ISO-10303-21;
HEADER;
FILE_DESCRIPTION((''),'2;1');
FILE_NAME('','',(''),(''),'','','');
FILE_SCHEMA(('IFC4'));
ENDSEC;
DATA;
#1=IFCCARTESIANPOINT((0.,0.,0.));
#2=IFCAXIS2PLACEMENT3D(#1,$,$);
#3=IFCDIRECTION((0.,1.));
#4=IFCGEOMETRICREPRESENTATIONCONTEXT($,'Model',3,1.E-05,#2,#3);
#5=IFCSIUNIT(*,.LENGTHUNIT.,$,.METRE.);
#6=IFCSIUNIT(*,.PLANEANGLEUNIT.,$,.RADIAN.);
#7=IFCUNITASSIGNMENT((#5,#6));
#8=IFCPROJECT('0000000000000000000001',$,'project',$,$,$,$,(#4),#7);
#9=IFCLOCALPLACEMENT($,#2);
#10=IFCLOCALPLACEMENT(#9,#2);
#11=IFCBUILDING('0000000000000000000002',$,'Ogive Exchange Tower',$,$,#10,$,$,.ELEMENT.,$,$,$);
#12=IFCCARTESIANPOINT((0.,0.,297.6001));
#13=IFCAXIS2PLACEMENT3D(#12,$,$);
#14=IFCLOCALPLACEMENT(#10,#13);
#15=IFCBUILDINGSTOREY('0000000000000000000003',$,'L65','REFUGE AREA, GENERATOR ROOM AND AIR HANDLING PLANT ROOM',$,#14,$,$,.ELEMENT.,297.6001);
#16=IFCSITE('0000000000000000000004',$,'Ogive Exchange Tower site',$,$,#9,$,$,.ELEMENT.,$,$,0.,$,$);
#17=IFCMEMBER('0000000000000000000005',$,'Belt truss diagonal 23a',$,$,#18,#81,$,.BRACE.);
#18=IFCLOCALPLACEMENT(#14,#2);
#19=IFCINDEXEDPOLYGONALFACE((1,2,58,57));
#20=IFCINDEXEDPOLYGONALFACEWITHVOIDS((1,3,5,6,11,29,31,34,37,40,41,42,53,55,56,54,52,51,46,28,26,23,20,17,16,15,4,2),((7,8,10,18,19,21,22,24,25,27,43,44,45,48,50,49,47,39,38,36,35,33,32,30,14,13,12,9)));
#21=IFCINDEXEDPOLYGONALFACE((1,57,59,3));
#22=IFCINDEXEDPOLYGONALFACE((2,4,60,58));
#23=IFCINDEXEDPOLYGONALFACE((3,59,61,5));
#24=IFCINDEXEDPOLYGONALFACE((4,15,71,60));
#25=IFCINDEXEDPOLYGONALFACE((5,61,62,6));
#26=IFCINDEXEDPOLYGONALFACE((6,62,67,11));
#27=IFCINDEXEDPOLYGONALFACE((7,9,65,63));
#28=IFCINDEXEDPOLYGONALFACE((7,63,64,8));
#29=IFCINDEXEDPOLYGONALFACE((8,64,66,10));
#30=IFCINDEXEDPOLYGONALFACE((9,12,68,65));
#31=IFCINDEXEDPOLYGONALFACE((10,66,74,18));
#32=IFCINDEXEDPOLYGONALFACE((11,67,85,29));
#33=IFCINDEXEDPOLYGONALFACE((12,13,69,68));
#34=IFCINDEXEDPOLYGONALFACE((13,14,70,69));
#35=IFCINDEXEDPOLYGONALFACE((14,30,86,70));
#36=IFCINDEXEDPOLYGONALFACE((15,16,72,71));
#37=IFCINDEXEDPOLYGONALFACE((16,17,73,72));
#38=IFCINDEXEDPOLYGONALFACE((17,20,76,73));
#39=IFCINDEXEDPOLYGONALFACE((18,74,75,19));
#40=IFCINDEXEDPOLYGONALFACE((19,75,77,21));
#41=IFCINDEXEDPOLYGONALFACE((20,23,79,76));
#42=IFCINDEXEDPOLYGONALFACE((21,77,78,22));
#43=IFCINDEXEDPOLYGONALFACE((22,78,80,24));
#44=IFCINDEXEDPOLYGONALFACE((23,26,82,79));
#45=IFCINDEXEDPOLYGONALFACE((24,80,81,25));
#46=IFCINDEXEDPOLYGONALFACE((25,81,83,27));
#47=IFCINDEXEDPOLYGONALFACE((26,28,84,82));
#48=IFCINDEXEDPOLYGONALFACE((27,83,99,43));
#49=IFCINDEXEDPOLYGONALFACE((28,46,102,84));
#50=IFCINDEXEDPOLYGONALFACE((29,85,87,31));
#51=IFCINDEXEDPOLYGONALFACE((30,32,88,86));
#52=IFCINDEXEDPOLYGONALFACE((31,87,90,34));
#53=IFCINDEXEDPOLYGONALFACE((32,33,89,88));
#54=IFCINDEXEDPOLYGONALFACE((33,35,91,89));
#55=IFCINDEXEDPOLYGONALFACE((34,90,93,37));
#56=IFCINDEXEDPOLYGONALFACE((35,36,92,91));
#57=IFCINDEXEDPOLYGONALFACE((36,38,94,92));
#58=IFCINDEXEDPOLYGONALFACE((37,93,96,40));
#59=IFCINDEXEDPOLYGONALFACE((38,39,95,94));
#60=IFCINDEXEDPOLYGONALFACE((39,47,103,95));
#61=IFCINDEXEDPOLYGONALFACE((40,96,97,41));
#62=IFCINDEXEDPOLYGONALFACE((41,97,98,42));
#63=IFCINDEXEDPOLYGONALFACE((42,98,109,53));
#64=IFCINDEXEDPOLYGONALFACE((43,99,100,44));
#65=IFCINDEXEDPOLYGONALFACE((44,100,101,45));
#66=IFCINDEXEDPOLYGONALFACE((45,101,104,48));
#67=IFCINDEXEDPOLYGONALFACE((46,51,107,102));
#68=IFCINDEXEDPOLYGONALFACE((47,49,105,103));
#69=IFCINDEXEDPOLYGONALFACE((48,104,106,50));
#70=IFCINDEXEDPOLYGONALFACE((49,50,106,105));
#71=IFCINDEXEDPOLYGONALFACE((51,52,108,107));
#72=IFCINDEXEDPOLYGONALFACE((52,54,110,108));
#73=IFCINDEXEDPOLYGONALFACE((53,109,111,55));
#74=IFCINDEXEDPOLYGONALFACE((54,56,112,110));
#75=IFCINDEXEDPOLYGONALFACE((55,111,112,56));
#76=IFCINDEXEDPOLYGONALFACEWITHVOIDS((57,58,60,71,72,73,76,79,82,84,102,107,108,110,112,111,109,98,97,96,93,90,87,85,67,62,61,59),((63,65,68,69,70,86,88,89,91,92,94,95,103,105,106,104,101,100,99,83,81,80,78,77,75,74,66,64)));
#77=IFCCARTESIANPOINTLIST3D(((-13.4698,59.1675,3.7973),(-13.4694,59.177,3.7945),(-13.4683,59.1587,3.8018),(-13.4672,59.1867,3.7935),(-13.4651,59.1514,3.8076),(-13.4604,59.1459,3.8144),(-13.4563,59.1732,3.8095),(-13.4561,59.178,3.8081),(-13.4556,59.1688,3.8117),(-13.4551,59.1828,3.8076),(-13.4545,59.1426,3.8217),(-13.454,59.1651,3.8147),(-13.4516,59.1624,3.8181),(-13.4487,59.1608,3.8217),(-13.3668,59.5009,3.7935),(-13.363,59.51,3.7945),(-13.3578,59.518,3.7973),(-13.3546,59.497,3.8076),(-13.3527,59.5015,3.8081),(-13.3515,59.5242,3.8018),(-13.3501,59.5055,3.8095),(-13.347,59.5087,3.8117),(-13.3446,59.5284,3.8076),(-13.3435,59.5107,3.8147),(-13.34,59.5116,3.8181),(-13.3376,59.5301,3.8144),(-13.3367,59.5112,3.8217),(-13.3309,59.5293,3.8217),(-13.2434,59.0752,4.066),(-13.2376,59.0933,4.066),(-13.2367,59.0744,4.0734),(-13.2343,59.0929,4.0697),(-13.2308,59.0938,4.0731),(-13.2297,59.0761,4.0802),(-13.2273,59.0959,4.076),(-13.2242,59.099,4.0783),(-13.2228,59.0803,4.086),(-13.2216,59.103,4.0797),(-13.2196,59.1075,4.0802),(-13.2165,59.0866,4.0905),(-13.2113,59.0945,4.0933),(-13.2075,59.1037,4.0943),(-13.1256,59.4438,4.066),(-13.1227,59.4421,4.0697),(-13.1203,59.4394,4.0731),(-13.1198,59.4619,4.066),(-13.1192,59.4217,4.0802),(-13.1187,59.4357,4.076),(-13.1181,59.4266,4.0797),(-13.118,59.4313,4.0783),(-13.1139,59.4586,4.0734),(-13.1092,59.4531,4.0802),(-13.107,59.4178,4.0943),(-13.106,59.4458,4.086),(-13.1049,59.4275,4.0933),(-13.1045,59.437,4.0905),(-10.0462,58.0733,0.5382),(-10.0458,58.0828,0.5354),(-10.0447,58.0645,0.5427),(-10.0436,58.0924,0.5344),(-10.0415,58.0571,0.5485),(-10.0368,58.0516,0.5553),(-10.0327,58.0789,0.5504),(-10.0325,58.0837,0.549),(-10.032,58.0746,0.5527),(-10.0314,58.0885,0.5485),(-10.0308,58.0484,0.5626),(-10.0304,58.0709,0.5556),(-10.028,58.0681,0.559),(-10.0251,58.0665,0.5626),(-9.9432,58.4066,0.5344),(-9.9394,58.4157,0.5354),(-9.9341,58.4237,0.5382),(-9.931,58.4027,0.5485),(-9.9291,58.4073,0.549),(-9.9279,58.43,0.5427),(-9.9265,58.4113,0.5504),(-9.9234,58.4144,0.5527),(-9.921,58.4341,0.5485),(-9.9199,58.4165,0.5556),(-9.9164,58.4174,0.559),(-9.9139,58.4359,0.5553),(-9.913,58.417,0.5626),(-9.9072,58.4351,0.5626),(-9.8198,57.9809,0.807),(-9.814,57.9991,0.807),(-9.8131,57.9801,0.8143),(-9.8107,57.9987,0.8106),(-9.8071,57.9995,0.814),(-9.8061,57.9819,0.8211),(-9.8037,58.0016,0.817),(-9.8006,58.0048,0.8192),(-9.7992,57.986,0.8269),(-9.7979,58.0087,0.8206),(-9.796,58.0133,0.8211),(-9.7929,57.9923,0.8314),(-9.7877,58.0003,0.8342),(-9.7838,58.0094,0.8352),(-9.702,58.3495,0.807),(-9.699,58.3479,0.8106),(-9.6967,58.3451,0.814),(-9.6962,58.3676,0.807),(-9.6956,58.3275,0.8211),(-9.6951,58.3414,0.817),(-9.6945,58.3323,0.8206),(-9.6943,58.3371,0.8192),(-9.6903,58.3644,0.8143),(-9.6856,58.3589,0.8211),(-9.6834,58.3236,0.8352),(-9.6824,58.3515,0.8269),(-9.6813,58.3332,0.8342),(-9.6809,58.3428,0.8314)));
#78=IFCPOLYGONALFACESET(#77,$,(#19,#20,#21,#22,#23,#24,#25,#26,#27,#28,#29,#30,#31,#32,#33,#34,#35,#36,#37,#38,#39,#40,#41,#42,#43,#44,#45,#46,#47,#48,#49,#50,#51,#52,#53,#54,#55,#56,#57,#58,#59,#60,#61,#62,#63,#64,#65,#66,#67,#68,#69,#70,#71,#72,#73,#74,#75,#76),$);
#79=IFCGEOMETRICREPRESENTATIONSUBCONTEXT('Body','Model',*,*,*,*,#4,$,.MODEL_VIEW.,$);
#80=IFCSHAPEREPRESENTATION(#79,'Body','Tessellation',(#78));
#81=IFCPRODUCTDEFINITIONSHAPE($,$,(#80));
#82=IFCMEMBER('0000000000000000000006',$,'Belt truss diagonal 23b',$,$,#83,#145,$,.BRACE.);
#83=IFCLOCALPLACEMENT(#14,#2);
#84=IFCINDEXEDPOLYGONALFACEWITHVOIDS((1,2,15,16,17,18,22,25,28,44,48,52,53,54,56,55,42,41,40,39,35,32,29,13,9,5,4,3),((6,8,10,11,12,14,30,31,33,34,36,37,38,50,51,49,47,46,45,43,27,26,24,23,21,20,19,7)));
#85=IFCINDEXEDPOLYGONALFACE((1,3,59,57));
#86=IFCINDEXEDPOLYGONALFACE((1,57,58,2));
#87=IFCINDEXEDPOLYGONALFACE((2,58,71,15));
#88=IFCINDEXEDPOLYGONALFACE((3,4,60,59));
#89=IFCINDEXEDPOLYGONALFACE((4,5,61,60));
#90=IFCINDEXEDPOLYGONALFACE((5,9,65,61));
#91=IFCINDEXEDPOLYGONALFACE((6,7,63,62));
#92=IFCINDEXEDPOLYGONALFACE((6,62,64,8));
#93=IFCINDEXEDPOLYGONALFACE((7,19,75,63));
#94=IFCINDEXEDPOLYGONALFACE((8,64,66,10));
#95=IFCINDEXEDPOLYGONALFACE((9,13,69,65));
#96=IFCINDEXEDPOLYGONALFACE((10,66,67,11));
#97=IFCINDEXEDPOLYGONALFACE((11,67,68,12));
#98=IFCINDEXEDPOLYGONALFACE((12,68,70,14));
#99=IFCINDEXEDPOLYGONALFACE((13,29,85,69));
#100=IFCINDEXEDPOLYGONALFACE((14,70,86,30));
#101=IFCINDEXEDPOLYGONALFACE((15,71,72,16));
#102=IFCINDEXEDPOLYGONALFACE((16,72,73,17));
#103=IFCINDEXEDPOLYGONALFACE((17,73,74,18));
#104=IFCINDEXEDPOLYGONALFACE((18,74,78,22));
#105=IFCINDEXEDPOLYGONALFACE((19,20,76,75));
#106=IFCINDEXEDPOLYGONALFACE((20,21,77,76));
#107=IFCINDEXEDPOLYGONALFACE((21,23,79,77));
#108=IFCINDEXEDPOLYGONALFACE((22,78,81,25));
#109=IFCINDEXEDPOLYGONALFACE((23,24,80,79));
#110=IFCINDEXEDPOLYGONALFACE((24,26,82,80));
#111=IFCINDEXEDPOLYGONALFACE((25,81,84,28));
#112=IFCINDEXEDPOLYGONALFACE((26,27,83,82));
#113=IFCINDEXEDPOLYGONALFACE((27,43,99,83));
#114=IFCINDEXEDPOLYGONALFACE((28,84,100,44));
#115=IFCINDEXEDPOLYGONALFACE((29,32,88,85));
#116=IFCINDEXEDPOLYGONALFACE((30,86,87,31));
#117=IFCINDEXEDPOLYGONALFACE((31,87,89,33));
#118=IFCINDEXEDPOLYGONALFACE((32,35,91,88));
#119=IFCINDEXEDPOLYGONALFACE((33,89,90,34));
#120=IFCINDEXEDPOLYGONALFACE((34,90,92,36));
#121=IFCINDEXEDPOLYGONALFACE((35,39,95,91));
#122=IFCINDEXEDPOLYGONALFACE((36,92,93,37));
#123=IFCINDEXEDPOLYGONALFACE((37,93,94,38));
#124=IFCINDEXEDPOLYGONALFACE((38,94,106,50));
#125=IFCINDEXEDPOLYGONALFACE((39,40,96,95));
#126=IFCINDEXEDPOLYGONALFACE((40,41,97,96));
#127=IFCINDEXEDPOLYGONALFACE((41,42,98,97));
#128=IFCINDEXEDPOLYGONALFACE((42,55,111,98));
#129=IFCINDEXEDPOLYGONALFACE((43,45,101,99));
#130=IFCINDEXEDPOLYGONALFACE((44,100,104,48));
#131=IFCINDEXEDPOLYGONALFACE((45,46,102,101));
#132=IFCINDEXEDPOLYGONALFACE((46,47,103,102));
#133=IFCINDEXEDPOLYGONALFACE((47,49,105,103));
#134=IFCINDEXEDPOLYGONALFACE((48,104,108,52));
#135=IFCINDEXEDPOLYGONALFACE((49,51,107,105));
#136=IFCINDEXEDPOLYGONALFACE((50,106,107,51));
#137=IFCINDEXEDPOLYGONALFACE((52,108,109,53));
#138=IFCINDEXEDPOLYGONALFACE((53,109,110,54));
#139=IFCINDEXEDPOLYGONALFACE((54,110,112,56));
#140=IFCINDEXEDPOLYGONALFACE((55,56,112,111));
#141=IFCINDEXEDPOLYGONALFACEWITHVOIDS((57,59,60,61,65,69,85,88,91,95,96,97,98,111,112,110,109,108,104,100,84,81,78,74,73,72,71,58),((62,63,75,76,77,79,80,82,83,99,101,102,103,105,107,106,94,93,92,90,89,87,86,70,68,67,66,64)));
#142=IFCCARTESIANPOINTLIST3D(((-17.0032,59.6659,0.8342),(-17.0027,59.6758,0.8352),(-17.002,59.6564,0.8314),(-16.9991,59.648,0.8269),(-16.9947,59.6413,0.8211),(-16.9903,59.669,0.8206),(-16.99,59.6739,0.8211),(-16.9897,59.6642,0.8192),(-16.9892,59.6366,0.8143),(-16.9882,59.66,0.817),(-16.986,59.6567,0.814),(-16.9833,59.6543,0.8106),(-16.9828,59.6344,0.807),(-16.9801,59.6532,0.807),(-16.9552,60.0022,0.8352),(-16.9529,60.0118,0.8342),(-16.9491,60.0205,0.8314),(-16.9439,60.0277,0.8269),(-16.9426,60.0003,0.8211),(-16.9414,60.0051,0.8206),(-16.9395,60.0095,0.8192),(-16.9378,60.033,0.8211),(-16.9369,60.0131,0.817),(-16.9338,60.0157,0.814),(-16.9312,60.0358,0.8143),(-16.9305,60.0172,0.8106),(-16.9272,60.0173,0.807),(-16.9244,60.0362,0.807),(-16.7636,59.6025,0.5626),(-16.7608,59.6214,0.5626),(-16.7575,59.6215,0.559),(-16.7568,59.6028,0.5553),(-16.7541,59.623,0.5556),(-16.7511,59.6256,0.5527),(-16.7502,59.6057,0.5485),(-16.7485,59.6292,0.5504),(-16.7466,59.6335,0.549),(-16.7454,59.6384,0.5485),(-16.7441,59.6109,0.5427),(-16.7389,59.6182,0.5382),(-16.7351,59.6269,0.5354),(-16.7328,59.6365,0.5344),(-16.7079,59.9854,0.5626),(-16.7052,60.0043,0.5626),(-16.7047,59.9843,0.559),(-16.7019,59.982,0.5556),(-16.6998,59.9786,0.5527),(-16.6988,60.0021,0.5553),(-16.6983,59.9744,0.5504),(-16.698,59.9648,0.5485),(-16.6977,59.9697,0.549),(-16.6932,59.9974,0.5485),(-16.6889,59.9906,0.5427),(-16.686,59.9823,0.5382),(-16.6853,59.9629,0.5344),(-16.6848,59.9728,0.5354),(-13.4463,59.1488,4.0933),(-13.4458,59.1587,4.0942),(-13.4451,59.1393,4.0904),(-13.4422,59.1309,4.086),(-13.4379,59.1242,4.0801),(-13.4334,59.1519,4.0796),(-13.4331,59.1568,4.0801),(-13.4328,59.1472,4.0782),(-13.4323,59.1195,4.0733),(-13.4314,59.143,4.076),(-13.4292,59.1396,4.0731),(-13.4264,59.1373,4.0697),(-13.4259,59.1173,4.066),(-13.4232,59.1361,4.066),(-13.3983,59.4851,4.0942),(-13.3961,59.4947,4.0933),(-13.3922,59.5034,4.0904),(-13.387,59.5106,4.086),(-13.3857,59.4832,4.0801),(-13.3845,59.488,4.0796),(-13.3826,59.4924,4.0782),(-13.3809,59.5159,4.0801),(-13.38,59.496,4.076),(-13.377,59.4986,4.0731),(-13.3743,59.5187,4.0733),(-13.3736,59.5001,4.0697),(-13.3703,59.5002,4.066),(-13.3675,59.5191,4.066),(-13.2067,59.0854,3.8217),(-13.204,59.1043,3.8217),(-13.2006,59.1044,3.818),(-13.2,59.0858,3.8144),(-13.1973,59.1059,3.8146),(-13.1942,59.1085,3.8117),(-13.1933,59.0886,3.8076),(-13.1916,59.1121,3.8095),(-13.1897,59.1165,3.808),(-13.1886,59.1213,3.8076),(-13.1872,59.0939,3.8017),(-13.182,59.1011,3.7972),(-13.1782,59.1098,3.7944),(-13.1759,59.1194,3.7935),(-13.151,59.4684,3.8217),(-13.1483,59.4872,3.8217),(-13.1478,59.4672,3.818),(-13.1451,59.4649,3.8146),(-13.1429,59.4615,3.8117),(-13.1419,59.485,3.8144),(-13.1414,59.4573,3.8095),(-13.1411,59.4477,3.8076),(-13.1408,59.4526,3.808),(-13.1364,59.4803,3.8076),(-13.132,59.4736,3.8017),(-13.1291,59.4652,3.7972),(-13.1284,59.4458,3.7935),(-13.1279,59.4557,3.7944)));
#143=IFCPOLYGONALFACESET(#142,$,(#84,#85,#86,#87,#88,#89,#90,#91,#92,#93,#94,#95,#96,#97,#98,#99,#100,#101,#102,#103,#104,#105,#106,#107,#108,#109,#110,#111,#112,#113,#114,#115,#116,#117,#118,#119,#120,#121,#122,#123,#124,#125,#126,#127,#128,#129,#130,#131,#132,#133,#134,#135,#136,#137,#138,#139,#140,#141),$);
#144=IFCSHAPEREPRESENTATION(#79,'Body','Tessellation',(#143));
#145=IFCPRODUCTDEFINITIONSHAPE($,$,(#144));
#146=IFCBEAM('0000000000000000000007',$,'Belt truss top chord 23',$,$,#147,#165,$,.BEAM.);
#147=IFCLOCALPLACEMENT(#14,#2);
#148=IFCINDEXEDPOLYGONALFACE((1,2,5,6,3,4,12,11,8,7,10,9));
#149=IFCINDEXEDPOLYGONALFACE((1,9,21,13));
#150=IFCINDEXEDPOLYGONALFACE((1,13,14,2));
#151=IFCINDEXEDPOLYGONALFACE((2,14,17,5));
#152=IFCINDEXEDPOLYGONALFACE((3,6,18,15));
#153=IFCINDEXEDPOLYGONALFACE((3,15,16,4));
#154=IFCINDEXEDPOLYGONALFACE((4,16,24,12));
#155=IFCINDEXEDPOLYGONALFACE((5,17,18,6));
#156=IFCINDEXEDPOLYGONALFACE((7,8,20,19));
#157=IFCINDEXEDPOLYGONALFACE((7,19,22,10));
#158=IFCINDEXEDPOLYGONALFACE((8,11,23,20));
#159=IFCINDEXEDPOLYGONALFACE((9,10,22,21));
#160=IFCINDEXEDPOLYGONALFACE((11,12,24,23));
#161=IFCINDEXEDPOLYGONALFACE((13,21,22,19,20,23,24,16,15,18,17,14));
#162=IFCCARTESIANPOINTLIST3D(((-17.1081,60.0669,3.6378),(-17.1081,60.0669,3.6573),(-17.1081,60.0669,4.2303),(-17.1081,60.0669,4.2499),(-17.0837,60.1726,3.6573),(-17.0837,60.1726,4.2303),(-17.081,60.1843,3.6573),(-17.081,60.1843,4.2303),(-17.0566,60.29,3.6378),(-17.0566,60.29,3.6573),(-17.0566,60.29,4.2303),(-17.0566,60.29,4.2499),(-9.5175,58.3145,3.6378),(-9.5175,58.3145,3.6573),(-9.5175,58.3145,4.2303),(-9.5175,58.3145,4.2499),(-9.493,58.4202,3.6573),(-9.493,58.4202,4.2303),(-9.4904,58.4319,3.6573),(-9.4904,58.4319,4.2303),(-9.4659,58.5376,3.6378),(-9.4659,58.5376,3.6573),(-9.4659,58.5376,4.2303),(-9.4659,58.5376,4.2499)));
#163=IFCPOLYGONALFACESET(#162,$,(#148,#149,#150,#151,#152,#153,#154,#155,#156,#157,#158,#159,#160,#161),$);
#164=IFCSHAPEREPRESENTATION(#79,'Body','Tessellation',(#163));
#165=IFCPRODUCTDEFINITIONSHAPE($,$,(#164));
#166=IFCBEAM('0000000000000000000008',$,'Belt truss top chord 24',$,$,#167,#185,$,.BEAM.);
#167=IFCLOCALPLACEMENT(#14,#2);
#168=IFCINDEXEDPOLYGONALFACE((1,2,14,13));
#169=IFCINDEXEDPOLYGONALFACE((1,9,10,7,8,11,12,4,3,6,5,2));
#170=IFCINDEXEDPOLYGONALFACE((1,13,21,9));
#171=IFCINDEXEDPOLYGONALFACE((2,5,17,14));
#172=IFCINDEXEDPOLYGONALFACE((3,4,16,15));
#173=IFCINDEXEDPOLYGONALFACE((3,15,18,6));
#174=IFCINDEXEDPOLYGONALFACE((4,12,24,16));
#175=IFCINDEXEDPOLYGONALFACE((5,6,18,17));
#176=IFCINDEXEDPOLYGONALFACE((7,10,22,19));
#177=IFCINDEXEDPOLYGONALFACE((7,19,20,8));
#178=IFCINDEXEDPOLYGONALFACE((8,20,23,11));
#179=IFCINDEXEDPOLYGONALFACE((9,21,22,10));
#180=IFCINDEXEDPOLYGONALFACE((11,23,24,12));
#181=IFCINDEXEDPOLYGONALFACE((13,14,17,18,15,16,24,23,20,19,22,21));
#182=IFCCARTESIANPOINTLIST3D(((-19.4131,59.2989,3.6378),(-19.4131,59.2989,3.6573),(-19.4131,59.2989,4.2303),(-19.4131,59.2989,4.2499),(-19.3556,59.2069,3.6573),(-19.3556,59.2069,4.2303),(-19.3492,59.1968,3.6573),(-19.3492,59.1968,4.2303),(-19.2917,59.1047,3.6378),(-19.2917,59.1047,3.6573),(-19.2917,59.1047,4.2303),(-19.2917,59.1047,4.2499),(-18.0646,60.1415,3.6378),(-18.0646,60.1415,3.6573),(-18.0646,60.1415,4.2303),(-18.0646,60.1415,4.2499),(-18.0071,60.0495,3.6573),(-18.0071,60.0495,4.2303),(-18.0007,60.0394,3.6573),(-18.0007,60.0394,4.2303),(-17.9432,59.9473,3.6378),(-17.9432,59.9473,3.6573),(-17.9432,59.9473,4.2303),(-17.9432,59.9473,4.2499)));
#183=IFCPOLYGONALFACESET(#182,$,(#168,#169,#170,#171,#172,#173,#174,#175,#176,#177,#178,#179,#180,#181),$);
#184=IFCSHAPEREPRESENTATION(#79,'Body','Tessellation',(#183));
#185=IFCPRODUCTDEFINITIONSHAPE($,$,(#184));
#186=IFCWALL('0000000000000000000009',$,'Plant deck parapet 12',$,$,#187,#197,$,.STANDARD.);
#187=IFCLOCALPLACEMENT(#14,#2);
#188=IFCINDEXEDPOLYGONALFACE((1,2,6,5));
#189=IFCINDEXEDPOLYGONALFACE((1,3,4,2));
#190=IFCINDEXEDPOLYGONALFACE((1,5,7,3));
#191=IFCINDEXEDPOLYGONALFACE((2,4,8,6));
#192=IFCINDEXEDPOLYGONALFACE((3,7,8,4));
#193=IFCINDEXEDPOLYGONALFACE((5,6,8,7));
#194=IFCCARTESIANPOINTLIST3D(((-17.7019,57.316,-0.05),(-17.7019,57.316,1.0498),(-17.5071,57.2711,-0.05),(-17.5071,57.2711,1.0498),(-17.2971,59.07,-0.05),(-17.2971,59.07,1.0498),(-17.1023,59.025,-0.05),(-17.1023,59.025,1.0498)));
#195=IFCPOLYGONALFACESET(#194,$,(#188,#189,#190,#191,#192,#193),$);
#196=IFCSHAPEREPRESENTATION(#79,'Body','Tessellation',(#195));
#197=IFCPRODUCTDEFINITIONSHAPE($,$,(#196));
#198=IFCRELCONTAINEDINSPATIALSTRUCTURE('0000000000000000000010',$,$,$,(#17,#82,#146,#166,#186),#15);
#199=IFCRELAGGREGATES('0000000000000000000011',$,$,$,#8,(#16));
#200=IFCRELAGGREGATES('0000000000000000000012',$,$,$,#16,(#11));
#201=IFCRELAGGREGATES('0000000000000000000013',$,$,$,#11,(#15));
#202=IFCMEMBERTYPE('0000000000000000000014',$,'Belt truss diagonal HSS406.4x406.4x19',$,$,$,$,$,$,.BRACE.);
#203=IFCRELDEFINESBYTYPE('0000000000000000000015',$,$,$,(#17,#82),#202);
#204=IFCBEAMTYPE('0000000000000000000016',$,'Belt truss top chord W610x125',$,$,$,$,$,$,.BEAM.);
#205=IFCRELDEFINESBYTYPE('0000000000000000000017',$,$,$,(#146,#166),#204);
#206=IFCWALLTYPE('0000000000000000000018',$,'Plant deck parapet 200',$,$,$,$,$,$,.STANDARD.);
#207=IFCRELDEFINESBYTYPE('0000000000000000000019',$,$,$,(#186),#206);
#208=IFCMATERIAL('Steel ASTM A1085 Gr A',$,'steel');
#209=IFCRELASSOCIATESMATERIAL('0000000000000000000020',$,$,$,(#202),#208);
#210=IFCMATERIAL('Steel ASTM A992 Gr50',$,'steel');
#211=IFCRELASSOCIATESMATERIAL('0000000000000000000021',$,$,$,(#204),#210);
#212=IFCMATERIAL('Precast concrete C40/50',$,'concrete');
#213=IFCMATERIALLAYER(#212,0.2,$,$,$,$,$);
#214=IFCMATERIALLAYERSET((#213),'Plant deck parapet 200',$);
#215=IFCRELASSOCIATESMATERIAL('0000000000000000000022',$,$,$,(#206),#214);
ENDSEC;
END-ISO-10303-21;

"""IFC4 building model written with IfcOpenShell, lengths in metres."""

from ifc_helpers import new_model, si_unit, direction, frame, frame_2d, origin, origin_2d, place, context, subcontext, project, spatial, rectangle, hollow_rectangle, i_section, extrude, material, layer, layer_set, material_profile, profile_set, type_object, element, save


model = new_model("IFC4")

# Units and contexts
model_context = context("Model", 3, precision=1e-05, world=origin(), true_north=direction((0.0, 1.0)))
body_context = subcontext(model_context, "Body", "Model", "MODEL_VIEW")
ifc_project = project(units=[si_unit("LENGTHUNIT", "METRE"), si_unit("PLANEANGLEUNIT", "RADIAN")], contexts=[model_context])

# Site, building, storey
site_placement = place(None, origin())
site = spatial("IfcSite", under=ifc_project, at=site_placement, Name="Ogive Exchange Tower site", CompositionType="ELEMENT", RefElevation=0.0)
building_placement = place(site_placement, origin())
building = spatial("IfcBuilding", under=site, at=building_placement, Name="Ogive Exchange Tower", CompositionType="ELEMENT")
storey_placement = place(building_placement, frame((0.0, 0.0, 297.6001)))
storey = spatial("IfcBuildingStorey", under=building, at=storey_placement, Name="L65", Description="REFUGE AREA, GENERATOR ROOM AND AIR HANDLING PLANT ROOM", CompositionType="ELEMENT", Elevation=297.6001)

# Shared definitions
ifc_material_1 = material(Name="Steel ASTM A992 Gr50", Category="steel")

# Members
ifc_material_2 = material(Name="Steel ASTM A1085 Gr A", Category="steel")
ifc_material_profile_1 = material_profile(ifc_material_2, hollow_rectangle(XDim=0.406, YDim=0.406, WallThickness=0.019, InnerFilletRadius=0.019, OuterFilletRadius=0.0381, at=origin_2d()), Name="HSS406.4x406.4x19")
ifc_profile_set_1 = profile_set([ifc_material_profile_1], Name="Steel ASTM A1085 Gr A")
member_type = type_object("IfcMemberType", Name="Belt truss diagonal HSS406.4x406.4x19", PredefinedType="BRACE", material=ifc_profile_set_1)
for number, where, z_axis, x_axis, name in (
    (1, (-9.8635, 58.208, 0.6848), (-0.705637, 0.225534, 0.671722), (-0.304445, -0.95253, 0.0), "Belt truss diagonal 23a"),
    (2, (-16.844, 59.8193, 0.6848), (0.733104, -0.106577, 0.671714), (0.143865, 0.989597, 0.0), "Belt truss diagonal 23b"),
):
    element("IfcMember", number, at=place(storey_placement, frame(where, z_axis=z_axis, x_axis=x_axis)), inside=storey, type_object=member_type, Name=name, PredefinedType="BRACE", context=body_context, shape_type="SweptSolid", body=[
        extrude(hollow_rectangle(XDim=0.406, YDim=0.406, WallThickness=0.019, InnerFilletRadius=0.019, OuterFilletRadius=0.0381, at=origin_2d()), origin(), (0.0, 0.0, 1.0), 4.8518),
    ])

# Beams
ifc_material_profile_2 = material_profile(ifc_material_1, i_section(OverallWidth=0.229, OverallDepth=0.6121, WebThickness=0.012, FlangeThickness=0.0195, at=origin_2d()), Name="W610x125")
ifc_profile_set_2 = profile_set([ifc_material_profile_2], Name="Steel ASTM A992 Gr50")
beam_type_1 = type_object("IfcBeamType", Name="Belt truss top chord W610x125", PredefinedType="BEAM", material=ifc_profile_set_2)
beam_1_placement = place(storey_placement, frame((-9.4917, 58.426, 3.9438), z_axis=(-0.97437, 0.224953, 0.0), x_axis=(-0.224953, -0.97437, 0.0)))
element("IfcBeam", 3, at=beam_1_placement, inside=storey, type_object=beam_type_1, Name="Belt truss top chord 23", PredefinedType="BEAM", context=body_context, shape_type="SweptSolid", body=[
    extrude(i_section(OverallWidth=0.229, OverallDepth=0.6121, WebThickness=0.012, FlangeThickness=0.0195, at=origin_2d()), origin(), (0.0, 0.0, 1.0), 7.7903),
])
beam_2_placement = place(storey_placement, frame((-18.0039, 60.0444, 3.9438), z_axis=(-0.848059, -0.529902, 0.0), x_axis=(0.529902, -0.848059, 0.0)))
element("IfcBeam", 4, at=beam_2_placement, inside=storey, type_object=beam_type_1, Name="Belt truss top chord 24", PredefinedType="BEAM", context=body_context, shape_type="SweptSolid", body=[
    extrude(i_section(OverallWidth=0.229, OverallDepth=0.6121, WebThickness=0.012, FlangeThickness=0.0195, at=origin_2d()), origin(), (0.0, 0.0, 1.0), 1.5901),
])

# Wall
ifc_material_3 = material(Name="Precast concrete C40/50", Category="concrete")
ifc_layer = layer(ifc_material_3, 0.2)
ifc_layer_set = layer_set([ifc_layer], Name="Plant deck parapet 200")
wall_type = type_object("IfcWallType", Name="Plant deck parapet 200", PredefinedType="STANDARD", material=ifc_layer_set)
wall_placement = place(storey_placement, frame((-17.1997, 59.0474, -0.05), z_axis=(0.0, 0.0, 1.0), x_axis=(-0.224879, -0.974387, 0.0)))
element("IfcWall", 5, at=wall_placement, inside=storey, type_object=wall_type, Name="Plant deck parapet 12", PredefinedType="STANDARD", context=body_context, shape_type="SweptSolid", body=[
    extrude(rectangle(XDim=1.8, YDim=0.2, at=frame_2d((0.8999, 0.0))), origin(), (0.0, 0.0, 1.0), 1.0999),
])

save(model, "model.ifc")
